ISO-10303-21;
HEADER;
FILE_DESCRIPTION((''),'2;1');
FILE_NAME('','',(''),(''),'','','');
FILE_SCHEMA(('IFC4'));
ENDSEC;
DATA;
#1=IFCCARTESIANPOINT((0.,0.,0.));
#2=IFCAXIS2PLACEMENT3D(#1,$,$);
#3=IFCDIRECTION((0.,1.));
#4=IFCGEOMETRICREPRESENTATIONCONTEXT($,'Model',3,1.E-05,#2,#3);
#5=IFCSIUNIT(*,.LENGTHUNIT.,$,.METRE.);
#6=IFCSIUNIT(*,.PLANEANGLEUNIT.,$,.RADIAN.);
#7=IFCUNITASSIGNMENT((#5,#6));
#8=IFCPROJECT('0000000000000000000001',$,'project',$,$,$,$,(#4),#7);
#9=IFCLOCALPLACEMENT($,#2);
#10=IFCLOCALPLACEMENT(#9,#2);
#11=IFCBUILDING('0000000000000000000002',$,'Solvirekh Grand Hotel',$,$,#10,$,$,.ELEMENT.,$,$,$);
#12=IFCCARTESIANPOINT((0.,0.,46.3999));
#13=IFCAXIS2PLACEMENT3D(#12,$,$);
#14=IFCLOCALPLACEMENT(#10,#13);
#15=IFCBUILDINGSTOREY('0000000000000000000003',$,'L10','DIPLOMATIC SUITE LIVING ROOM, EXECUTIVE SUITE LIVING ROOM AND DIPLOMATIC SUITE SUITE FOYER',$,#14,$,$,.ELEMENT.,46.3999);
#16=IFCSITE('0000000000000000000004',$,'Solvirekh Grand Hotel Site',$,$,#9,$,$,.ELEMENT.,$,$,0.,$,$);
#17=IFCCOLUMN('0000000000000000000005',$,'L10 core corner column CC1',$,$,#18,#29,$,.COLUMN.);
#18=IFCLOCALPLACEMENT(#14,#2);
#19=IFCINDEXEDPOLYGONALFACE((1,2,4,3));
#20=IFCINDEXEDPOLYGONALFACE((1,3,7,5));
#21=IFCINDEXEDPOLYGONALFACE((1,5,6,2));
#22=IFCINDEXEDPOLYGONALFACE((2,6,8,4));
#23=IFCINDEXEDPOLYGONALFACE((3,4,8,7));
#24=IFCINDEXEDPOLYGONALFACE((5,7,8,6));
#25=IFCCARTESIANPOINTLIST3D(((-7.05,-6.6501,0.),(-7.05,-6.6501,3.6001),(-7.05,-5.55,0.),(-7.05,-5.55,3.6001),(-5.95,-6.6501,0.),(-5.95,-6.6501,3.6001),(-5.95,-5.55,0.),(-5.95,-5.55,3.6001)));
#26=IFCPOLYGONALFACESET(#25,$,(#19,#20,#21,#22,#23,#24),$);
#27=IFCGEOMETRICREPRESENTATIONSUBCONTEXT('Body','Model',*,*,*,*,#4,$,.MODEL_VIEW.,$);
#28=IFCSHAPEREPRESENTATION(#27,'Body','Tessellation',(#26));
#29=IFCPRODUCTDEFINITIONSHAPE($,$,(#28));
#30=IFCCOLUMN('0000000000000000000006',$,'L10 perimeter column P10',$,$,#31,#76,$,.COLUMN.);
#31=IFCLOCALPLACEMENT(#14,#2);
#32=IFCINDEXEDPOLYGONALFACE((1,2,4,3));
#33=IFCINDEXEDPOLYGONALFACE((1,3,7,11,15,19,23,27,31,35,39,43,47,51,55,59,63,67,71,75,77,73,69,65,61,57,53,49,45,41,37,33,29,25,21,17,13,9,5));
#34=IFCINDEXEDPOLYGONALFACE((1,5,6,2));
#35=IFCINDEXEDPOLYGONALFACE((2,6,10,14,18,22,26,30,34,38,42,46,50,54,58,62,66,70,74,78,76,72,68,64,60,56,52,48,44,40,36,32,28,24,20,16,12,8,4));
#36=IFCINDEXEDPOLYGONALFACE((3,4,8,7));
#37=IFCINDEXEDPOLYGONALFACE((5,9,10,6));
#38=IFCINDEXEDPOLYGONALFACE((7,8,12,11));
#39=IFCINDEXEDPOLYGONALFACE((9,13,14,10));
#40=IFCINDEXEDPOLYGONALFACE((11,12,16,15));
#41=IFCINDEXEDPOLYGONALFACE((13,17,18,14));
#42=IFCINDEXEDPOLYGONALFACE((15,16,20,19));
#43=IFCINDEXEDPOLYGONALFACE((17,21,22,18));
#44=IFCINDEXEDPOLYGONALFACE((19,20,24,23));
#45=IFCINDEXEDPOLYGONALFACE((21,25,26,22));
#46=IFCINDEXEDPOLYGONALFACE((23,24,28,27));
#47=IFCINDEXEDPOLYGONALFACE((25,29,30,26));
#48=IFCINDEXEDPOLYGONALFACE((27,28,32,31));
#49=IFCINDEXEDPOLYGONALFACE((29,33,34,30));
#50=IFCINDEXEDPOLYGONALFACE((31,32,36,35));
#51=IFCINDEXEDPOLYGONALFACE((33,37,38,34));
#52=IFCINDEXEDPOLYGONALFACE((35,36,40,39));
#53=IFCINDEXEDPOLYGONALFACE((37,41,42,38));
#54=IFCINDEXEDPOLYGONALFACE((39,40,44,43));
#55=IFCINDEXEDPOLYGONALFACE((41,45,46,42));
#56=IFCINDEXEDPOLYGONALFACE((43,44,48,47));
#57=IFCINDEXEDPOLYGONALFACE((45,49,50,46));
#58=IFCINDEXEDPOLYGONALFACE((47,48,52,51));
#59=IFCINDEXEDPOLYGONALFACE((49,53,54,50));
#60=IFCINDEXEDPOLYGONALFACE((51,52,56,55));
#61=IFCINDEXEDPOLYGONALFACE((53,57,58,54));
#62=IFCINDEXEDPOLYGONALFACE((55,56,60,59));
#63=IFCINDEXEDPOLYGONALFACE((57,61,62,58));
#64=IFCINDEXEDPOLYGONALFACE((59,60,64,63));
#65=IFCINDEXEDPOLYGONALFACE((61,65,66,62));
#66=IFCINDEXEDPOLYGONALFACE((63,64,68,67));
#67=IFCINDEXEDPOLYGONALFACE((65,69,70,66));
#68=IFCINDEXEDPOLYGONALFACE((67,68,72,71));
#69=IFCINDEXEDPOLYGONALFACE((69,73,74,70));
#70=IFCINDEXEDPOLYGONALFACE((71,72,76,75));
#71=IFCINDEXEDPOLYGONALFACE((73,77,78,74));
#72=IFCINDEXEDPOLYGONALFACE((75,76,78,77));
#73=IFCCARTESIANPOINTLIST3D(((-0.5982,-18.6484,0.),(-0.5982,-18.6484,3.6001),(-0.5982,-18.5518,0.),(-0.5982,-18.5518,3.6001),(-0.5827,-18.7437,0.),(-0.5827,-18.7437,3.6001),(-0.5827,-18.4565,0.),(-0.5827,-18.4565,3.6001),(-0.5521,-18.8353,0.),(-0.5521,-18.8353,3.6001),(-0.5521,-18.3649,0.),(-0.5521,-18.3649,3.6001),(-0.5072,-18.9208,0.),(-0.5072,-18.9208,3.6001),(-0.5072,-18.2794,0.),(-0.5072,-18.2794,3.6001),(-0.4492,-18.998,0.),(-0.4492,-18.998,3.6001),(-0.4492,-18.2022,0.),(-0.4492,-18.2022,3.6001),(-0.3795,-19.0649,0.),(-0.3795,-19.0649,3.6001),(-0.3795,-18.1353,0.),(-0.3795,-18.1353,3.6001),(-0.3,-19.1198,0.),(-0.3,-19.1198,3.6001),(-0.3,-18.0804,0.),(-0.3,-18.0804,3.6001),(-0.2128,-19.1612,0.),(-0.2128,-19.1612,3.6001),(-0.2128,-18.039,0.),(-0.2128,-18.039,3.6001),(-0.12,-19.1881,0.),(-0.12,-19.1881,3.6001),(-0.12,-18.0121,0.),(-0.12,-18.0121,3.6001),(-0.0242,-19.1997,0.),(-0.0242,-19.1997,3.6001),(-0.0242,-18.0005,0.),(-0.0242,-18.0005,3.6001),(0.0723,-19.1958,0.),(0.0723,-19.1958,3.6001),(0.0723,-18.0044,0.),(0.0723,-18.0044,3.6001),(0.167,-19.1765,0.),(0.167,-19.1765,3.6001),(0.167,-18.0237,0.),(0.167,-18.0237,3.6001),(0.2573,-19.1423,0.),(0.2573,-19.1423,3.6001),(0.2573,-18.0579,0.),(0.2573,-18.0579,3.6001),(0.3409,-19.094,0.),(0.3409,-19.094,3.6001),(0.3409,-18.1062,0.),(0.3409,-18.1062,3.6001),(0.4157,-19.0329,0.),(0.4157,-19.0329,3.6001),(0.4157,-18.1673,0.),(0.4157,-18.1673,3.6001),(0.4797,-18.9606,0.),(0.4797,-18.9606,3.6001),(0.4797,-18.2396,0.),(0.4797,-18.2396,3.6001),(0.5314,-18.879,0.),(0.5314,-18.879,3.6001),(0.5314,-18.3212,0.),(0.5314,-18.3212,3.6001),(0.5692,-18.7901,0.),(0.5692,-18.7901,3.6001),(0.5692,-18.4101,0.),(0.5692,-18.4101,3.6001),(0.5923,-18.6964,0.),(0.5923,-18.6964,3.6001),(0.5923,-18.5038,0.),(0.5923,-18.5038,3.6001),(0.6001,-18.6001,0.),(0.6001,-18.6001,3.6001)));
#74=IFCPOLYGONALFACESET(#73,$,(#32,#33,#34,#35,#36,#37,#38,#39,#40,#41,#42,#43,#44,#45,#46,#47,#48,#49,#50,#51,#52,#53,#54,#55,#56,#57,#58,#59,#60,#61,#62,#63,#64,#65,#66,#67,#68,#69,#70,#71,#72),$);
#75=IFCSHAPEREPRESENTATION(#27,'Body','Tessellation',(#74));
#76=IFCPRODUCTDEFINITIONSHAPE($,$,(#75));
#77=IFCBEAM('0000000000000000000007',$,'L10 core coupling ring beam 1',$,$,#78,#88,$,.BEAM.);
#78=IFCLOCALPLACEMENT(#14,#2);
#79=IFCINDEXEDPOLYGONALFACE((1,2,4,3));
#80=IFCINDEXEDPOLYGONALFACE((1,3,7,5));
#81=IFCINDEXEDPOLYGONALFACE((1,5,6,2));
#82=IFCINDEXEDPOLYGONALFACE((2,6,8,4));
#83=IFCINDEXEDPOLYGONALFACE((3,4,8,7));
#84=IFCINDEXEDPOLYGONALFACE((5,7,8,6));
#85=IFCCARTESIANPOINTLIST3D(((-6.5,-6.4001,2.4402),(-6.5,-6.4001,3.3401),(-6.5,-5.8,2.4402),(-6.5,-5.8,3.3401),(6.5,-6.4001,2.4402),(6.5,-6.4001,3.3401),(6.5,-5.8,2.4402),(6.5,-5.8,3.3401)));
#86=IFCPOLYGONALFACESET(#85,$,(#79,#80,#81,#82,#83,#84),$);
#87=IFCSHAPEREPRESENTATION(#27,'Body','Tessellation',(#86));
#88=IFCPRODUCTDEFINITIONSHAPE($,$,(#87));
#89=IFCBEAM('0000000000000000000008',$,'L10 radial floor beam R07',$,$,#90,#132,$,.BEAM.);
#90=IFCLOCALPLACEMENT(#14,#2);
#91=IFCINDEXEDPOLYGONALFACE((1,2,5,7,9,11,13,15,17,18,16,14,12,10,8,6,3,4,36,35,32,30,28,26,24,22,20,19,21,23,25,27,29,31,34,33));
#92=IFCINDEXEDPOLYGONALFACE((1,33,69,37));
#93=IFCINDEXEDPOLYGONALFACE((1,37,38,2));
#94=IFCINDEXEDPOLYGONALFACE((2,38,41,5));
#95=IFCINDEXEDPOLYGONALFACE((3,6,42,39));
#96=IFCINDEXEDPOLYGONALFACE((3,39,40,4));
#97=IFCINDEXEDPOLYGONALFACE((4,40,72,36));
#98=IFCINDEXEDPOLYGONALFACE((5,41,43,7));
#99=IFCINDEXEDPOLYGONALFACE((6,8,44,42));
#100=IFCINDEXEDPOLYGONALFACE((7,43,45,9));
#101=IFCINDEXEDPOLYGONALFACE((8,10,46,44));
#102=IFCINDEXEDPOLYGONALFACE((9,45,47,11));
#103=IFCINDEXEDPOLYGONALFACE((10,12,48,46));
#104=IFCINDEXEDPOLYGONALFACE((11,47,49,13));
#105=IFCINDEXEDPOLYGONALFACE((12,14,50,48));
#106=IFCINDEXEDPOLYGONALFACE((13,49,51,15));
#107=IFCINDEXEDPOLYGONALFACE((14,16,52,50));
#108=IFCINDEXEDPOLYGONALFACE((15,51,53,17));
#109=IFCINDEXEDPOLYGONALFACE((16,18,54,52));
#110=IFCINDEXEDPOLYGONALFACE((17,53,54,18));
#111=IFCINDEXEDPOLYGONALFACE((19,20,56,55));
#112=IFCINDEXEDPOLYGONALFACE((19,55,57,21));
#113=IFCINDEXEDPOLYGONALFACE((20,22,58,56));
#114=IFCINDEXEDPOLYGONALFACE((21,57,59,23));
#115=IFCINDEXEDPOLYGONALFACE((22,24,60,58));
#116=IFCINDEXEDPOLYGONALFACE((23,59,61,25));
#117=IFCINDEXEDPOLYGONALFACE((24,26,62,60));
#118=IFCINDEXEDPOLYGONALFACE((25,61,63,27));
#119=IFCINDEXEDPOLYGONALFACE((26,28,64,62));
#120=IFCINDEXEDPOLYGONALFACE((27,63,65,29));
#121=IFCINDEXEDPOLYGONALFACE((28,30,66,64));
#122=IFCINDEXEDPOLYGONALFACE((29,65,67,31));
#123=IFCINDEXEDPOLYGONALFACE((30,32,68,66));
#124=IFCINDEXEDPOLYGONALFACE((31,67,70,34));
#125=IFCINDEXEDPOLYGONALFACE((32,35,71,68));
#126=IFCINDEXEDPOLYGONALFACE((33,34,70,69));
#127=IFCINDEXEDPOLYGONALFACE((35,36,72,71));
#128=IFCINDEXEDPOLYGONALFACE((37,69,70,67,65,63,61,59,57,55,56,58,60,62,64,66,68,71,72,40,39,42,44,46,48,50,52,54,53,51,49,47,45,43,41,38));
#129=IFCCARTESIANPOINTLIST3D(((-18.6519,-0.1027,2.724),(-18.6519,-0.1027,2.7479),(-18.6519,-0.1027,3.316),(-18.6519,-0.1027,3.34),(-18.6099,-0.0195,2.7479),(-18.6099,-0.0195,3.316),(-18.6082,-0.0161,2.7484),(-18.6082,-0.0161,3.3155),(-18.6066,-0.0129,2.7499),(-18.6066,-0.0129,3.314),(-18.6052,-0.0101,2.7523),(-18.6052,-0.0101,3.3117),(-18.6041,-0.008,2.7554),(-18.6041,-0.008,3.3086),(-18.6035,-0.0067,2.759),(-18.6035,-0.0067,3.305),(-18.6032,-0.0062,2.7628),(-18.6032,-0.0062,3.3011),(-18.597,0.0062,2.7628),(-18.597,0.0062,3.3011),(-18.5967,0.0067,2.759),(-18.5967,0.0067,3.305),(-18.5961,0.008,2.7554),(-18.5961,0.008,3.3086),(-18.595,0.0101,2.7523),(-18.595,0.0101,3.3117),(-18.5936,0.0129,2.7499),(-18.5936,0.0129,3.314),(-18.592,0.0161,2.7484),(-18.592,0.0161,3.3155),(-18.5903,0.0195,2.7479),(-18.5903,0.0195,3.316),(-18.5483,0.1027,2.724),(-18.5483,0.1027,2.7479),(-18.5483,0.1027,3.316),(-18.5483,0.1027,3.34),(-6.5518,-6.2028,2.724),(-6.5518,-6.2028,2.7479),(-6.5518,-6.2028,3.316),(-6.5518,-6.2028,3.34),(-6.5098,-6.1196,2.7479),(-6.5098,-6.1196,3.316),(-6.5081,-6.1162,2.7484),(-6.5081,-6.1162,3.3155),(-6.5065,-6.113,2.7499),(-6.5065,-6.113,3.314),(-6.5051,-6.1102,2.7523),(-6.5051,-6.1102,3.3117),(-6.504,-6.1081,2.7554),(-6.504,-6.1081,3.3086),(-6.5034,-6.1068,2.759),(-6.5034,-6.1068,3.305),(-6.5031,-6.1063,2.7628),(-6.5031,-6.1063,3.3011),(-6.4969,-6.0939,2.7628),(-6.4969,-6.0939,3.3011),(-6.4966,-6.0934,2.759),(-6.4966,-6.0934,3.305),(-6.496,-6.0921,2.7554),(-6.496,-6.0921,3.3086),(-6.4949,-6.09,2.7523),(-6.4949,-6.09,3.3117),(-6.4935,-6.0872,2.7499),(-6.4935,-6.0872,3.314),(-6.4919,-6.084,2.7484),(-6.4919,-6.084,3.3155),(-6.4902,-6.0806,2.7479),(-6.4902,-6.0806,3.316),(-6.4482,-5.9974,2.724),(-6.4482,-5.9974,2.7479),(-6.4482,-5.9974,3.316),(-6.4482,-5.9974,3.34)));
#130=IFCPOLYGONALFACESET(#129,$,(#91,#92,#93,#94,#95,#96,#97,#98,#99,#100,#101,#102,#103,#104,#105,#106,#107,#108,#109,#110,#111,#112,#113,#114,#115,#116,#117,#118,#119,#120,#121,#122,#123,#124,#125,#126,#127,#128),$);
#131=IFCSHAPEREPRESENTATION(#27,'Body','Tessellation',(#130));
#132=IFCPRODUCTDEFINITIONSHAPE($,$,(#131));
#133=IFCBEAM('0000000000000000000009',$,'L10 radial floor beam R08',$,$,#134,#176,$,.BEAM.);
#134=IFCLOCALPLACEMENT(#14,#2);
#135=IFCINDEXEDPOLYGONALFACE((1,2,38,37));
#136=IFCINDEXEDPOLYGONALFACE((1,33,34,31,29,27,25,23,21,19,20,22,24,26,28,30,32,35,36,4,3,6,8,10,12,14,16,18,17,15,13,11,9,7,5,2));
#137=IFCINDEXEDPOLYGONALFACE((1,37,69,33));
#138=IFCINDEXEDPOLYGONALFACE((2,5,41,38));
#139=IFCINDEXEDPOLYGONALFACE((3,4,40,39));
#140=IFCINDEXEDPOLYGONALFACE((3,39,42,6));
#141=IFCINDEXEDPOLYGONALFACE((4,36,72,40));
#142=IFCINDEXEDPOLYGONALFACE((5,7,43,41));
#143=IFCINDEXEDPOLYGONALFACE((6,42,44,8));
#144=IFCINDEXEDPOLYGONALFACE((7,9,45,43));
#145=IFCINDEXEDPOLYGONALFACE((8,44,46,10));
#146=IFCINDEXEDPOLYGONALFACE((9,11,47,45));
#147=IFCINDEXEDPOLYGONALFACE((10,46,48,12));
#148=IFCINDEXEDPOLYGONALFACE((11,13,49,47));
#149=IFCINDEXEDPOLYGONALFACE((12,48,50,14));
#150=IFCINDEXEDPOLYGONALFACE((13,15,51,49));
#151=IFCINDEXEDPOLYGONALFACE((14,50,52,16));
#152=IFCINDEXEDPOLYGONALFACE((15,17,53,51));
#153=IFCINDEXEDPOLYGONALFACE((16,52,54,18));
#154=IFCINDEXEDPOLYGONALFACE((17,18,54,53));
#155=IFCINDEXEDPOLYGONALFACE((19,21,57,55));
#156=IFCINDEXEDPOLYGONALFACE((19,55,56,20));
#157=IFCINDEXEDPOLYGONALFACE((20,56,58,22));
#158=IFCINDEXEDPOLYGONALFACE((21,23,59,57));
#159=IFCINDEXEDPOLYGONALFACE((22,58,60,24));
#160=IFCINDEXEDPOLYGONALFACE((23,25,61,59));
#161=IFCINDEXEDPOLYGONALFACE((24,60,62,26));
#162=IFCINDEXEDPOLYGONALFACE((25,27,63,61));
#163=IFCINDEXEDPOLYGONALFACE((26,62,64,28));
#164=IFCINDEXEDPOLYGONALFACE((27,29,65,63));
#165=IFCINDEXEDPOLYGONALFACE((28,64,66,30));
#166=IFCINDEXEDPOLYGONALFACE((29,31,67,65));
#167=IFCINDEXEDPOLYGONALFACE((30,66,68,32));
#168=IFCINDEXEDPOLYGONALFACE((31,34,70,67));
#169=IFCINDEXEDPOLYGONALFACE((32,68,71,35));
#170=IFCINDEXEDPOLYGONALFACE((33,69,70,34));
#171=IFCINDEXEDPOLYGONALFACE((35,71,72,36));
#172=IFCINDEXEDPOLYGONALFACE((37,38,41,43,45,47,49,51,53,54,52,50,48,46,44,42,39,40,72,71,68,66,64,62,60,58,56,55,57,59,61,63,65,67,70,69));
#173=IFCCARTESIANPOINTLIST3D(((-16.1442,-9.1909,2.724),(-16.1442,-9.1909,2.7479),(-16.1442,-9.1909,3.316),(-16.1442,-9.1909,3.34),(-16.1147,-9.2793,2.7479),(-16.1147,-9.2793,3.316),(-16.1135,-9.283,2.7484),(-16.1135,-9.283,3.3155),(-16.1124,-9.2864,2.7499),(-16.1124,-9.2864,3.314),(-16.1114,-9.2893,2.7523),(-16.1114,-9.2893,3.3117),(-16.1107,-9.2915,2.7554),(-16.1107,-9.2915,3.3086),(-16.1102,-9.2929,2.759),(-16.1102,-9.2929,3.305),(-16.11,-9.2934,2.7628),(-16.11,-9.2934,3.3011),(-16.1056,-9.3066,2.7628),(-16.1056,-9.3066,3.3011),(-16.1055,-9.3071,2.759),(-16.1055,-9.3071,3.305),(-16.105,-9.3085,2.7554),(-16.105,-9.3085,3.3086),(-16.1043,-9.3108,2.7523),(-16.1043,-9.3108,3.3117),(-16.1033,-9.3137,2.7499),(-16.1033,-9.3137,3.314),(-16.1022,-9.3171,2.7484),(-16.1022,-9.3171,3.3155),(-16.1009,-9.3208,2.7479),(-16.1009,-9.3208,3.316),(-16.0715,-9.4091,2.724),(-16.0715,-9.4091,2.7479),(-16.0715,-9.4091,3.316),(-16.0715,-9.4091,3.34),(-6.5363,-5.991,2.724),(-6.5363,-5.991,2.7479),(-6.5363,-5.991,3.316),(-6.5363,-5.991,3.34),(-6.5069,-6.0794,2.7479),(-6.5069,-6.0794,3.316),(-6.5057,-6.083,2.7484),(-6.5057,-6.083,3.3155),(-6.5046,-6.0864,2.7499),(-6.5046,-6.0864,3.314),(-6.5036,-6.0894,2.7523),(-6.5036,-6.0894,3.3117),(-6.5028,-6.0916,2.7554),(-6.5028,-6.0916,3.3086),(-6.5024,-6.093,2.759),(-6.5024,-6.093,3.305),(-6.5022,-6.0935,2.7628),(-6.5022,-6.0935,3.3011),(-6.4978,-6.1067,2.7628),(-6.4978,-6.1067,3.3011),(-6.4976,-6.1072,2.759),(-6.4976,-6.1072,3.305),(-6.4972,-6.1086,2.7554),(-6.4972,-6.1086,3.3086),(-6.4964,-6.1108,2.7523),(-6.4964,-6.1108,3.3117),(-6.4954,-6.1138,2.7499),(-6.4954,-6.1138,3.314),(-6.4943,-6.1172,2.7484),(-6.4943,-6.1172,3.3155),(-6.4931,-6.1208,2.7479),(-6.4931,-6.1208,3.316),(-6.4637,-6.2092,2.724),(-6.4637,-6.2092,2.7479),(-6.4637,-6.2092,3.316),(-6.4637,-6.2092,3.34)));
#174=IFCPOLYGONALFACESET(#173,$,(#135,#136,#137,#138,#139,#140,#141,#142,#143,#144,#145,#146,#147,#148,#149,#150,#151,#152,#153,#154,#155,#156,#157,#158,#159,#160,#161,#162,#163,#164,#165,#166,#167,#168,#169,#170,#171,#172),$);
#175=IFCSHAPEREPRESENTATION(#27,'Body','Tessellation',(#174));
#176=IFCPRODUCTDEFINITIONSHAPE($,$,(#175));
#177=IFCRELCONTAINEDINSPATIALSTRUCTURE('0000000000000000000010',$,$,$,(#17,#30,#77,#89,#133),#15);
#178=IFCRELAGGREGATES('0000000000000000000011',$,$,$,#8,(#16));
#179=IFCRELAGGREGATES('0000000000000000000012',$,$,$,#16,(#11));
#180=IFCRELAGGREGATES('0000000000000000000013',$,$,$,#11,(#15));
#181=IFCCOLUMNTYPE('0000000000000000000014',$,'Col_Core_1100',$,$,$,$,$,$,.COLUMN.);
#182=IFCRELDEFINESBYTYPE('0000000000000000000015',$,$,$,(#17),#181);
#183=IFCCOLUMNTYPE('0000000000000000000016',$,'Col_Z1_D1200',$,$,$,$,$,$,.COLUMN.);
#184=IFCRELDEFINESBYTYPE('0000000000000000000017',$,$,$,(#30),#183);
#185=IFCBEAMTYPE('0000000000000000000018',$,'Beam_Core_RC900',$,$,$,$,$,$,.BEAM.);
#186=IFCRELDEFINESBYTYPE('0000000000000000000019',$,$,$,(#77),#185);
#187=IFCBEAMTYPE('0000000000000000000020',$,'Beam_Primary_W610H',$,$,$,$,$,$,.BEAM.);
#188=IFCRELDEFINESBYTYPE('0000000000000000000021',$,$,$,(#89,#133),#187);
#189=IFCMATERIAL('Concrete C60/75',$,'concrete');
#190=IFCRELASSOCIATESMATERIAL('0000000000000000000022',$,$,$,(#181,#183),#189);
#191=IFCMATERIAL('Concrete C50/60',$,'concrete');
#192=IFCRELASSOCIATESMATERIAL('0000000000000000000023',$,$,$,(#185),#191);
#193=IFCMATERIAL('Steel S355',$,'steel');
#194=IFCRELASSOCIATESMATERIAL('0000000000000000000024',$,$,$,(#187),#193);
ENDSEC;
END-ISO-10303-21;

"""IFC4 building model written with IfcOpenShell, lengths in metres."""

from ifc_helpers import new_model, si_unit, direction, frame, origin, origin_2d, place, context, subcontext, project, spatial, rectangle, circle, i_section, extrude, material, material_profile, profile_set, type_object, element, save


model = new_model("IFC4")

# Units and contexts
model_context = context("Model", 3, precision=1e-05, world=origin(), true_north=direction((0.0, 1.0)))
body_context = subcontext(model_context, "Body", "Model", "MODEL_VIEW")
ifc_project = project(units=[si_unit("LENGTHUNIT", "METRE"), si_unit("PLANEANGLEUNIT", "RADIAN")], contexts=[model_context])

# Site, building, storey
site_placement = place(None, origin())
site = spatial("IfcSite", under=ifc_project, at=site_placement, Name="Solvirekh Grand Hotel Site", CompositionType="ELEMENT", RefElevation=0.0)
building_placement = place(site_placement, origin())
building = spatial("IfcBuilding", under=site, at=building_placement, Name="Solvirekh Grand Hotel", CompositionType="ELEMENT")
storey_placement = place(building_placement, frame((0.0, 0.0, 46.3999)))
storey = spatial("IfcBuildingStorey", under=building, at=storey_placement, Name="L10", Description="DIPLOMATIC SUITE LIVING ROOM, EXECUTIVE SUITE LIVING ROOM AND DIPLOMATIC SUITE SUITE FOYER", CompositionType="ELEMENT", Elevation=46.3999)

# Columns
ifc_material_1 = material(Name="Concrete C60/75", Category="concrete")
ifc_material_profile_1 = material_profile(ifc_material_1, rectangle(XDim=1.1001, YDim=1.1001, at=origin_2d()), Name="RC 1100X1100")
ifc_profile_set_1 = profile_set([ifc_material_profile_1], Name="Concrete C60/75")
column_type_1 = type_object("IfcColumnType", Name="Col_Core_1100", PredefinedType="COLUMN", material=ifc_profile_set_1)
column_1_placement = place(storey_placement, frame((-6.5, -6.1001, 0.0), z_axis=(0.0, 0.0, 1.0), x_axis=(1.0, 0.0, 0.0)))
element("IfcColumn", 1, at=column_1_placement, inside=storey, type_object=column_type_1, Name="L10 core corner column CC1", PredefinedType="COLUMN", context=body_context, shape_type="SweptSolid", body=[
    extrude(rectangle(XDim=1.1001, YDim=1.1001, at=origin_2d()), origin(), (0.0, 0.0, 1.0), 3.6001),
])
ifc_material_profile_2 = material_profile(ifc_material_1, circle(Radius=0.6001, at=origin_2d()), Name="RC CIRC D1200")
ifc_profile_set_2 = profile_set([ifc_material_profile_2], Name="Concrete C60/75")
column_type_2 = type_object("IfcColumnType", Name="Col_Z1_D1200", PredefinedType="COLUMN", material=ifc_profile_set_2)
column_2_placement = place(storey_placement, frame((0.0, -18.6001, 0.0), z_axis=(0.0, 0.0, 1.0), x_axis=(1.0, 0.0, 0.0)))
element("IfcColumn", 2, at=column_2_placement, inside=storey, type_object=column_type_2, Name="L10 perimeter column P10", PredefinedType="COLUMN", context=body_context, shape_type="SweptSolid", body=[
    extrude(circle(Radius=0.6001, at=origin_2d()), origin(), (0.0, 0.0, 1.0), 3.6001),
])

# Beams
ifc_material_2 = material(Name="Concrete C50/60", Category="concrete")
ifc_material_profile_3 = material_profile(ifc_material_2, rectangle(XDim=0.6001, YDim=0.8999, at=origin_2d()), Name="RC BEAM 600X900")
ifc_profile_set_3 = profile_set([ifc_material_profile_3], Name="Concrete C50/60")
beam_type_1 = type_object("IfcBeamType", Name="Beam_Core_RC900", PredefinedType="BEAM", material=ifc_profile_set_3)
beam_1_placement = place(storey_placement, frame((-6.5, -6.1001, 2.8901), z_axis=(1.0, 0.0, 0.0), x_axis=(0.0, 1.0, 0.0)))
element("IfcBeam", 3, at=beam_1_placement, inside=storey, type_object=beam_type_1, Name="L10 core coupling ring beam 1", PredefinedType="BEAM", context=body_context, shape_type="SweptSolid", body=[
    extrude(rectangle(XDim=0.6001, YDim=0.8999, at=origin_2d()), origin(), (0.0, 0.0, 1.0), 13.0),
])
ifc_material_3 = material(Name="Steel S355", Category="steel")
ifc_material_profile_4 = material_profile(ifc_material_3, i_section(OverallWidth=0.23, OverallDepth=0.616, WebThickness=0.0139, FlangeThickness=0.0239, FilletRadius=0.0149, at=origin_2d()), Name="W610X174")
ifc_profile_set_4 = profile_set([ifc_material_profile_4], Name="Steel S355")
beam_type_2 = type_object("IfcBeamType", Name="Beam_Primary_W610H", PredefinedType="BEAM", material=ifc_profile_set_4)
beam_2_placement = place(storey_placement, frame((-6.5, -6.1001, 3.032), z_axis=(-0.892945, 0.450166, 0.0), x_axis=(-0.450166, -0.892945, 0.0)))
element("IfcBeam", 4, at=beam_2_placement, inside=storey, type_object=beam_type_2, Name="L10 radial floor beam R07", PredefinedType="BEAM", context=body_context, shape_type="SweptSolid", body=[
    extrude(i_section(OverallWidth=0.23, OverallDepth=0.616, WebThickness=0.0139, FlangeThickness=0.0239, FilletRadius=0.0149, at=origin_2d()), origin(), (0.0, 0.0, 1.0), 13.5508),
])
beam_3_placement = place(storey_placement, frame((-6.5, -6.1001, 3.032), z_axis=(-0.948763, -0.315989, 0.0), x_axis=(0.315989, -0.948763, 0.0)))
element("IfcBeam", 5, at=beam_3_placement, inside=storey, type_object=beam_type_2, Name="L10 radial floor beam R08", PredefinedType="BEAM", context=body_context, shape_type="SweptSolid", body=[
    extrude(i_section(OverallWidth=0.23, OverallDepth=0.616, WebThickness=0.0139, FlangeThickness=0.0239, FilletRadius=0.0149, at=origin_2d()), origin(), (0.0, 0.0, 1.0), 10.1267),
])

save(model, "model.ifc")
